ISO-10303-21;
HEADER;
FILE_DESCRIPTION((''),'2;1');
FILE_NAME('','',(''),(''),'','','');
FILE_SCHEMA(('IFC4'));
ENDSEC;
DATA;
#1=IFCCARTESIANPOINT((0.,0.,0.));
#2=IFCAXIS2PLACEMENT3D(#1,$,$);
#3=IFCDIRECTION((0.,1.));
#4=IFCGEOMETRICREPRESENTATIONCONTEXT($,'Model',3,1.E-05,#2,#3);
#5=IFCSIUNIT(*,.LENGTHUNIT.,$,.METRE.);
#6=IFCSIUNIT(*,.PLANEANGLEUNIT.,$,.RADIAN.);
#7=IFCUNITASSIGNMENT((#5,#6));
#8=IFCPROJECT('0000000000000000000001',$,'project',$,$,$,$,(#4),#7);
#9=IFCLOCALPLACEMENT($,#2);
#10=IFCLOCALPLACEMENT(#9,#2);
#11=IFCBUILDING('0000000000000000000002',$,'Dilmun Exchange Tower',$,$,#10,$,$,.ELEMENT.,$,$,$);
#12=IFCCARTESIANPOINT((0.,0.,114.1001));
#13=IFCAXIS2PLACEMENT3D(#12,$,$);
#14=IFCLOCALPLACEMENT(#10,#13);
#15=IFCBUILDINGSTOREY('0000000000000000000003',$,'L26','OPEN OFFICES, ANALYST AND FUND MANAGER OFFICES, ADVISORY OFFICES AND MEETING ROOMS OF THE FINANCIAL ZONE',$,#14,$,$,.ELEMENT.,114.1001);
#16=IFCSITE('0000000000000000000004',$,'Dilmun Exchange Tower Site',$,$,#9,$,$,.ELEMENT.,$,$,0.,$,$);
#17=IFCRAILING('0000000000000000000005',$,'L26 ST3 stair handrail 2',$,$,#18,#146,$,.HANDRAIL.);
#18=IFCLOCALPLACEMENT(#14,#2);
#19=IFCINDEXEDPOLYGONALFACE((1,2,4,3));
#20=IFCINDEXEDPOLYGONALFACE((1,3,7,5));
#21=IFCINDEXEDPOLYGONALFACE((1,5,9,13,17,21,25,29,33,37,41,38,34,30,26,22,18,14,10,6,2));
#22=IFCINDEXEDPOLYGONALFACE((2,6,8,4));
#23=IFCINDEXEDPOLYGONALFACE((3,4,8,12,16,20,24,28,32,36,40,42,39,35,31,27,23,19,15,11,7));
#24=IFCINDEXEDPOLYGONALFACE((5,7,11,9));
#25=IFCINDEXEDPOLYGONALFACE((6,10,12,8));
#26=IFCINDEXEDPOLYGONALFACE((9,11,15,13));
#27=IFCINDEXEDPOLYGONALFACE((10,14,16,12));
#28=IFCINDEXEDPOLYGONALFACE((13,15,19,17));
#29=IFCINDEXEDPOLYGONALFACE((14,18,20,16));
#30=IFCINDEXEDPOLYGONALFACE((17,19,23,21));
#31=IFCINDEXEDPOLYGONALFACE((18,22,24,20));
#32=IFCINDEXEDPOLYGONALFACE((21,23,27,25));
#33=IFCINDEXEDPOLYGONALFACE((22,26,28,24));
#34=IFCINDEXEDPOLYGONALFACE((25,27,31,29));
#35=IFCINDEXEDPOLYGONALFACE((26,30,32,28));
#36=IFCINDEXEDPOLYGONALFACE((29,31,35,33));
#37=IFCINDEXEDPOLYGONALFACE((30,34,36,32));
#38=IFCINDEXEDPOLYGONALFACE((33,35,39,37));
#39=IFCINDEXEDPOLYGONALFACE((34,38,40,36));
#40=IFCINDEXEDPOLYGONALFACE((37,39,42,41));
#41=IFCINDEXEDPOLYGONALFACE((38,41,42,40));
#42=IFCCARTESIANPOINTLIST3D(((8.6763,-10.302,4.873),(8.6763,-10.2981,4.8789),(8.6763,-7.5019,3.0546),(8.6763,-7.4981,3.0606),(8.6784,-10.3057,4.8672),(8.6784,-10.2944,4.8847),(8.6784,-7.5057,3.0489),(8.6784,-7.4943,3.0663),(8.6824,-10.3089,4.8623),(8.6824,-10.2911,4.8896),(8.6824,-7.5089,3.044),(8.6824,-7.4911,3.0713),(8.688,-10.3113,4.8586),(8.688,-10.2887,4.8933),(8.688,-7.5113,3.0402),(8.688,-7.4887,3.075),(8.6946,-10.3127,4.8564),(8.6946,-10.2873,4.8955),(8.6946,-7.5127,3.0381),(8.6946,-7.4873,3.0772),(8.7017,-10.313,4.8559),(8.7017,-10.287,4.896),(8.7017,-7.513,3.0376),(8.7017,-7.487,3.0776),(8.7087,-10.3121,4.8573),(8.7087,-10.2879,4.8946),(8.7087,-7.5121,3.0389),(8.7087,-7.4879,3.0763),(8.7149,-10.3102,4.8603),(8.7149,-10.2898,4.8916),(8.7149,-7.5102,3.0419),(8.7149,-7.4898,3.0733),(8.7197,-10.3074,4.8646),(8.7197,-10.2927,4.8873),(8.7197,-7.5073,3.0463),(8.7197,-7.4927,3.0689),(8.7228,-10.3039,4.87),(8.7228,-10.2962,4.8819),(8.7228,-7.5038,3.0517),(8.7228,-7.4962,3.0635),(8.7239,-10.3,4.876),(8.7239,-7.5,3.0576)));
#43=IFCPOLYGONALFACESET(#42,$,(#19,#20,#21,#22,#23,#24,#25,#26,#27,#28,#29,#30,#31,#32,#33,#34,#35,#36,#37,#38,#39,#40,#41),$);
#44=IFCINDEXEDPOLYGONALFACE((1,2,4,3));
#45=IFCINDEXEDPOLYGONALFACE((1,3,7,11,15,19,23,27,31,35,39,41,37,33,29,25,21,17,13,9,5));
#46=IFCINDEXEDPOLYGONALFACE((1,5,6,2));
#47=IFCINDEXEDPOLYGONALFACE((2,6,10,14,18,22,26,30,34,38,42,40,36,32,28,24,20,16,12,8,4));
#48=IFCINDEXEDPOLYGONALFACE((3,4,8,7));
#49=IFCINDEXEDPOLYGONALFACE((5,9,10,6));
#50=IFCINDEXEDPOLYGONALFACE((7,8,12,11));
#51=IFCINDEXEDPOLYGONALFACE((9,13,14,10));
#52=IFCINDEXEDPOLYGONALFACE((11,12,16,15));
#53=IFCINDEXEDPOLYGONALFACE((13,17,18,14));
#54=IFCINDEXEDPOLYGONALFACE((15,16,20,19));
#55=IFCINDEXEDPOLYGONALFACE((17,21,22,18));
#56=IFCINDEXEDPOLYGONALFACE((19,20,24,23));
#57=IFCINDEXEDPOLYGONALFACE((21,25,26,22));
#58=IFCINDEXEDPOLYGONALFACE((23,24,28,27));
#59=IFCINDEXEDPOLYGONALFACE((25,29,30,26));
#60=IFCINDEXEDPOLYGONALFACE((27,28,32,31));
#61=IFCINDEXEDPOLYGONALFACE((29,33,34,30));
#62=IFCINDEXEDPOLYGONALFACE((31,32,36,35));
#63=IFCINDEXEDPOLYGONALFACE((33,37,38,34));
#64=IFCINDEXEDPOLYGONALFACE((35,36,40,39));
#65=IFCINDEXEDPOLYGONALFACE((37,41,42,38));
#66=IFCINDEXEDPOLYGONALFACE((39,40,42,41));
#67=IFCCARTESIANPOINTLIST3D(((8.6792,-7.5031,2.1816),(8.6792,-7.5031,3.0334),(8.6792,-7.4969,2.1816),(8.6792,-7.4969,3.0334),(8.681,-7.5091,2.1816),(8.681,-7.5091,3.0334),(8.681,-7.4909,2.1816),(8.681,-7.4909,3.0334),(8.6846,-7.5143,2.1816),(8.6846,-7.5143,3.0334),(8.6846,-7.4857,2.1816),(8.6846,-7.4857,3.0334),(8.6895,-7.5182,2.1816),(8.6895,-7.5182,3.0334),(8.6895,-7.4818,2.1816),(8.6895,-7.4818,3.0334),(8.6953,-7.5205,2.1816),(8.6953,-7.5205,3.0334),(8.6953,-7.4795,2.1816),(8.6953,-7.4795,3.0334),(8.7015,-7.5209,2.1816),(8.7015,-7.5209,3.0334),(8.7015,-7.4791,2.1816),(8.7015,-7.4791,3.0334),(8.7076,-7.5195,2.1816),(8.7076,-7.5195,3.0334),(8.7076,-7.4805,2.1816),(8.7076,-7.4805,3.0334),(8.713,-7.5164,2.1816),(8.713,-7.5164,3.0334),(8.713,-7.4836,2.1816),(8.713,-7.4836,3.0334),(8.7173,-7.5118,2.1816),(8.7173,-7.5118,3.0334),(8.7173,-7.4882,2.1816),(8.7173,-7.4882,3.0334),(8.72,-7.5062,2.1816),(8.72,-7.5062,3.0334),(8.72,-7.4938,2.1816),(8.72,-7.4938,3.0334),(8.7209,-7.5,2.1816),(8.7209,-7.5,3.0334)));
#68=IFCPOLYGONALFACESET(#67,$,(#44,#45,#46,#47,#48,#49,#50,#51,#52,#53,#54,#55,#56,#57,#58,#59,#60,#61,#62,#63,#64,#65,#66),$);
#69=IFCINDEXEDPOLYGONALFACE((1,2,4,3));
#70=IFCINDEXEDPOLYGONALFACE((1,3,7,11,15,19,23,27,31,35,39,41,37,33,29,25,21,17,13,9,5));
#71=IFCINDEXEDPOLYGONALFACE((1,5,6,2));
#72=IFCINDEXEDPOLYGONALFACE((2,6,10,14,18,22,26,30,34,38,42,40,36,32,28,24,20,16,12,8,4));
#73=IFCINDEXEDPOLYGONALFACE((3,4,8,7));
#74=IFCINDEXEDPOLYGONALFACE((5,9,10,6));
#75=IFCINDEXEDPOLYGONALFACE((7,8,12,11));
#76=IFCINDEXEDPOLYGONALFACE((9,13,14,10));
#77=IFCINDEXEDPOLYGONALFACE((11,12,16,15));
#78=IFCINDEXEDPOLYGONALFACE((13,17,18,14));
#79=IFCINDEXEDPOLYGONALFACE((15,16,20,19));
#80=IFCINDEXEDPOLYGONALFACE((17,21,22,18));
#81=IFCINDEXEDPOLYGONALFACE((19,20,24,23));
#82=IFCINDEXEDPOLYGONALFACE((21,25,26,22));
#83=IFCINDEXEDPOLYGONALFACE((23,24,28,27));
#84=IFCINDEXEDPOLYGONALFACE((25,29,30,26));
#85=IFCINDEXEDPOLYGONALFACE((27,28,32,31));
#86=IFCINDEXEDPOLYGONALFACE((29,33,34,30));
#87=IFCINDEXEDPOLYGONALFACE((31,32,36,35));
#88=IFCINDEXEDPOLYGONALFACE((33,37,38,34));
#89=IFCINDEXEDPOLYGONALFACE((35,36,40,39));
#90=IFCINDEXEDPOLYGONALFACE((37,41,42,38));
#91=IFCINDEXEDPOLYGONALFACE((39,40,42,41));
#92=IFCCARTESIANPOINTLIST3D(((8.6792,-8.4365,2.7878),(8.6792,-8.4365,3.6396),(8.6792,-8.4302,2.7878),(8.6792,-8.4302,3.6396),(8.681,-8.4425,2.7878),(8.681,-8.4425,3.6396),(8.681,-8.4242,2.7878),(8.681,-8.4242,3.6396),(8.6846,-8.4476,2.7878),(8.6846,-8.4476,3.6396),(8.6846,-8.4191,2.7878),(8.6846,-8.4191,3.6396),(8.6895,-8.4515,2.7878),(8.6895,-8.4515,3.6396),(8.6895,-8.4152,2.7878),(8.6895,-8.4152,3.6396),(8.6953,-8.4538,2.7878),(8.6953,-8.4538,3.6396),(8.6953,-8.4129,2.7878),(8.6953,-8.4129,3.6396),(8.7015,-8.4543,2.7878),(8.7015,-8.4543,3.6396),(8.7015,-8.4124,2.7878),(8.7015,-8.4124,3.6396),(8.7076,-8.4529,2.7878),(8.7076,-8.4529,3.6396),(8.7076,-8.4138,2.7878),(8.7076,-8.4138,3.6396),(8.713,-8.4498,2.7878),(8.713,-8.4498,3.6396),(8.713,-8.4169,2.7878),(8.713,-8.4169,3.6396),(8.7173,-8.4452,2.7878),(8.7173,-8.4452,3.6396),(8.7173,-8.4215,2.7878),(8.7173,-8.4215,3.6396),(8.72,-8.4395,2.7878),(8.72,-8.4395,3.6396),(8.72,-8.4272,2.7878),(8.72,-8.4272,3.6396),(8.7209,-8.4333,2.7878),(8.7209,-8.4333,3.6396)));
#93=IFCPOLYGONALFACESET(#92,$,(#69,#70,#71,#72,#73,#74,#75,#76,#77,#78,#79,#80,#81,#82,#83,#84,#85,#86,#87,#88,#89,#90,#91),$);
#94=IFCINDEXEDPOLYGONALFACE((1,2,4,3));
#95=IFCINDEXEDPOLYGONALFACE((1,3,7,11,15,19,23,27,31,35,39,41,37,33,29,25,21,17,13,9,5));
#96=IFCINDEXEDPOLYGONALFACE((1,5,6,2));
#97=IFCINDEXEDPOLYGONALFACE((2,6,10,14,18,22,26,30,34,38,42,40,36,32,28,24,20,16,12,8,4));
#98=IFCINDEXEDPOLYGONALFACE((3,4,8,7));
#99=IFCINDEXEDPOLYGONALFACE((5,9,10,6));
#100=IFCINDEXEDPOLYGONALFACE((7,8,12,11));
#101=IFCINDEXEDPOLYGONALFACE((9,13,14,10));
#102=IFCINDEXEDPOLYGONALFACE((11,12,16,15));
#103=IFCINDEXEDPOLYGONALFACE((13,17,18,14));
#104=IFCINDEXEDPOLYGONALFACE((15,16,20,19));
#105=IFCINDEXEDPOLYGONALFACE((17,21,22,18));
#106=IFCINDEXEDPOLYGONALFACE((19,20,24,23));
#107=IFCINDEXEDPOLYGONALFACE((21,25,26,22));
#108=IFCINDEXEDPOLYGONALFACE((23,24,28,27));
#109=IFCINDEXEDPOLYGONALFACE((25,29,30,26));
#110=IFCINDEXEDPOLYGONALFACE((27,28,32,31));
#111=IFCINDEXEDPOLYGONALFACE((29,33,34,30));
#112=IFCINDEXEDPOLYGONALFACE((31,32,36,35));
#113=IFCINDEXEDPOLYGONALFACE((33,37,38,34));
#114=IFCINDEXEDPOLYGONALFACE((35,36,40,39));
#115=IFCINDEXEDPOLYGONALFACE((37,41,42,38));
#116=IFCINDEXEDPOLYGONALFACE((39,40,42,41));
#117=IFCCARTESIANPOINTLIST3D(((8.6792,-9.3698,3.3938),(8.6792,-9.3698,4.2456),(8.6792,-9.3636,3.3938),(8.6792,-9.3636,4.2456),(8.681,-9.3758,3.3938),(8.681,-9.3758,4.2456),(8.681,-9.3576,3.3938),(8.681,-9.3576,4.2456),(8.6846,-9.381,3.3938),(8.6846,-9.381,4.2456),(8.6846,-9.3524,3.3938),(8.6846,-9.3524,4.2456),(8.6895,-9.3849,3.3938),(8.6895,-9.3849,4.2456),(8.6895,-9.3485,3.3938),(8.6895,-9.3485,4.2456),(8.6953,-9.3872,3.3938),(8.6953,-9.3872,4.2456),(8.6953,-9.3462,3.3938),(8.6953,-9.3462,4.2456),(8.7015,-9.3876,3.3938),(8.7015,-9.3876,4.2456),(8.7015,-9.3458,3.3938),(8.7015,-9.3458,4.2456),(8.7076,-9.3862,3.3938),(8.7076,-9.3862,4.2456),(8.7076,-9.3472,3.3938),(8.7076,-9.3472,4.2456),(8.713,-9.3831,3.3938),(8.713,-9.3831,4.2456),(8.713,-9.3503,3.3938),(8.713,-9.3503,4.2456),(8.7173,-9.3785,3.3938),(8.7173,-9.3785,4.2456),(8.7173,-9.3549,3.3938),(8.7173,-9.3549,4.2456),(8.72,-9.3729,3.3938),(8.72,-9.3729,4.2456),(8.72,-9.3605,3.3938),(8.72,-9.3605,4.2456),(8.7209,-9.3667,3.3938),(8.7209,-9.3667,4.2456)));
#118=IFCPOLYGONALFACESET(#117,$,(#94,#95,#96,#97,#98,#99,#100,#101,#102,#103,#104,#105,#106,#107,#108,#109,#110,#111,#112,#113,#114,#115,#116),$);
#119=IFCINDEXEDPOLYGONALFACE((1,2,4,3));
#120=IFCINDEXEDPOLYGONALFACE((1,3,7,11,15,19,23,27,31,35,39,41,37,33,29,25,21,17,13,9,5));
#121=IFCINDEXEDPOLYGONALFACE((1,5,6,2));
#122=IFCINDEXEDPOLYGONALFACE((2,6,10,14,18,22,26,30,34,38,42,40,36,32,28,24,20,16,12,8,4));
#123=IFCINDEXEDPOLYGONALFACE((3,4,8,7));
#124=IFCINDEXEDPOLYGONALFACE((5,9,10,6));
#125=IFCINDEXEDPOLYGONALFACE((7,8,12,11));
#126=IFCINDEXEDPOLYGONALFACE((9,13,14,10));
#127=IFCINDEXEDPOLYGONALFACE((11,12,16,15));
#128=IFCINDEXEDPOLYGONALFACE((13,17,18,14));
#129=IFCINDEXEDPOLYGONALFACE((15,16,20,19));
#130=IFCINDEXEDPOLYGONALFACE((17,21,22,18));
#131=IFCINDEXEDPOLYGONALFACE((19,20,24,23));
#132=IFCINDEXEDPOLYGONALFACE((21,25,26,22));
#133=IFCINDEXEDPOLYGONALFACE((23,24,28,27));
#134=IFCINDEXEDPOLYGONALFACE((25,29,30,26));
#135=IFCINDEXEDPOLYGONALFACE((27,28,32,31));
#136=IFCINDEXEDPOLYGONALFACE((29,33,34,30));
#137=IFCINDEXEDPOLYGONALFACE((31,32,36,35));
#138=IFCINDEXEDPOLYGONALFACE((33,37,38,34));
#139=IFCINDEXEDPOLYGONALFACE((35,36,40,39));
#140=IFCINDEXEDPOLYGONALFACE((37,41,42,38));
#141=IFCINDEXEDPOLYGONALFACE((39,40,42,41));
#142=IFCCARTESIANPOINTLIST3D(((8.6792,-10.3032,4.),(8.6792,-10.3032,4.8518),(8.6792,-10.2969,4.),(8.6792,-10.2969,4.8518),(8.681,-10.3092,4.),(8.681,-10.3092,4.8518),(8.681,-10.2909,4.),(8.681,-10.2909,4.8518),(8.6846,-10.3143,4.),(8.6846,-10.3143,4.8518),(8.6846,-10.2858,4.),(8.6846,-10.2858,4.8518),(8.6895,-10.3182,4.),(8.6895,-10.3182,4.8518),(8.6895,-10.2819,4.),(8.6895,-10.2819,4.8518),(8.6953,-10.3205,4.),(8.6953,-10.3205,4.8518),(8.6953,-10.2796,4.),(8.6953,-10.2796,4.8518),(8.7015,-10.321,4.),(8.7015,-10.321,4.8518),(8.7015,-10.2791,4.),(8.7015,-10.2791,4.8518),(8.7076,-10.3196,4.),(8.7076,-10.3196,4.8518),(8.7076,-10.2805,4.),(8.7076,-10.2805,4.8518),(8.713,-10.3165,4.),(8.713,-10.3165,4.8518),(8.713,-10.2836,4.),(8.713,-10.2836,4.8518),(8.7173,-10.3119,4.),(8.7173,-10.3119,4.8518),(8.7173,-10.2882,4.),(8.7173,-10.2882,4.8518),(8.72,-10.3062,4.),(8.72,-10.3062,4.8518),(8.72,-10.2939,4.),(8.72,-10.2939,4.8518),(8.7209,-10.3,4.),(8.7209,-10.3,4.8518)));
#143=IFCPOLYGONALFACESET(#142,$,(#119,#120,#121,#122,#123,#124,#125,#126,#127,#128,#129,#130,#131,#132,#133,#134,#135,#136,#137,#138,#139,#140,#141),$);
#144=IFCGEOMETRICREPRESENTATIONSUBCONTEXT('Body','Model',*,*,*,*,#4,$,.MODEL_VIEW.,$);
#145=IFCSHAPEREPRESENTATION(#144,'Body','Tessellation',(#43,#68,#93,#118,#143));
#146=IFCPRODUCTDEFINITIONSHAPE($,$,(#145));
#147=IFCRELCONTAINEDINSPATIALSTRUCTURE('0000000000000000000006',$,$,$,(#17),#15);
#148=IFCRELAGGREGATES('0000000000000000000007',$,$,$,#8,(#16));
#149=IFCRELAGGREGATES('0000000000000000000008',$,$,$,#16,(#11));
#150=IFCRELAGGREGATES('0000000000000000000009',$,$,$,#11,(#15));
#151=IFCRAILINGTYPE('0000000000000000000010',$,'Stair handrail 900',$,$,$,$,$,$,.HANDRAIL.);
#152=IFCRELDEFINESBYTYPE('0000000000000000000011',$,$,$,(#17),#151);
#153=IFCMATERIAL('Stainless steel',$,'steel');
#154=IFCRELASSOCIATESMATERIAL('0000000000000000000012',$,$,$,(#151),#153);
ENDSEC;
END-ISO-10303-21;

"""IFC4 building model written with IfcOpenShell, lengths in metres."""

from ifc_helpers import new_model, si_unit, direction, frame, origin, origin_2d, place, context, subcontext, project, spatial, circle, extrude, material, type_object, element, save


model = new_model("IFC4")

# Units and contexts
model_context = context("Model", 3, precision=1e-05, world=origin(), true_north=direction((0.0, 1.0)))
body_context = subcontext(model_context, "Body", "Model", "MODEL_VIEW")
ifc_project = project(units=[si_unit("LENGTHUNIT", "METRE"), si_unit("PLANEANGLEUNIT", "RADIAN")], contexts=[model_context])

# Site, building, storey
site_placement = place(None, origin())
site = spatial("IfcSite", under=ifc_project, at=site_placement, Name="Dilmun Exchange Tower Site", CompositionType="ELEMENT", RefElevation=0.0)
building_placement = place(site_placement, origin())
building = spatial("IfcBuilding", under=site, at=building_placement, Name="Dilmun Exchange Tower", CompositionType="ELEMENT")
storey_placement = place(building_placement, frame((0.0, 0.0, 114.1001)))
storey = spatial("IfcBuildingStorey", under=building, at=storey_placement, Name="L26", Description="OPEN OFFICES, ANALYST AND FUND MANAGER OFFICES, ADVISORY OFFICES AND MEETING ROOMS OF THE FINANCIAL ZONE", CompositionType="ELEMENT", Elevation=114.1001)

# Railing
ifc_material_1 = material(Name="Stainless steel", Category="steel")
railing_type = type_object("IfcRailingType", Name="Stair handrail 900", PredefinedType="HANDRAIL", material=ifc_material_1)
railing_placement = place(storey_placement, frame((8.7, -7.5, 2.1816)))
element("IfcRailing", 1, at=railing_placement, inside=storey, type_object=railing_type, Name="L26 ST3 stair handrail 2", PredefinedType="HANDRAIL", context=body_context, shape_type="SweptSolid", body=[
    extrude(circle(Radius=0.0239, at=origin_2d()), frame((0.0, 0.0, 0.876), z_axis=(0.0, -0.838672, 0.544636), x_axis=(1.0, 0.0, 0.0)), (0.0, 0.0, 1.0), 3.3386),
    extrude(circle(Radius=0.021, at=origin_2d()), origin(), (0.0, 0.0, 1.0), 0.8518),
    extrude(circle(Radius=0.021, at=origin_2d()), frame((0.0, -0.9333, 0.6062)), (0.0, 0.0, 1.0), 0.8518),
    extrude(circle(Radius=0.021, at=origin_2d()), frame((0.0, -1.8667, 1.2122)), (0.0, 0.0, 1.0), 0.8518),
    extrude(circle(Radius=0.021, at=origin_2d()), frame((0.0, -2.8, 1.8184)), (0.0, 0.0, 1.0), 0.8518),
])

save(model, "model.ifc")
